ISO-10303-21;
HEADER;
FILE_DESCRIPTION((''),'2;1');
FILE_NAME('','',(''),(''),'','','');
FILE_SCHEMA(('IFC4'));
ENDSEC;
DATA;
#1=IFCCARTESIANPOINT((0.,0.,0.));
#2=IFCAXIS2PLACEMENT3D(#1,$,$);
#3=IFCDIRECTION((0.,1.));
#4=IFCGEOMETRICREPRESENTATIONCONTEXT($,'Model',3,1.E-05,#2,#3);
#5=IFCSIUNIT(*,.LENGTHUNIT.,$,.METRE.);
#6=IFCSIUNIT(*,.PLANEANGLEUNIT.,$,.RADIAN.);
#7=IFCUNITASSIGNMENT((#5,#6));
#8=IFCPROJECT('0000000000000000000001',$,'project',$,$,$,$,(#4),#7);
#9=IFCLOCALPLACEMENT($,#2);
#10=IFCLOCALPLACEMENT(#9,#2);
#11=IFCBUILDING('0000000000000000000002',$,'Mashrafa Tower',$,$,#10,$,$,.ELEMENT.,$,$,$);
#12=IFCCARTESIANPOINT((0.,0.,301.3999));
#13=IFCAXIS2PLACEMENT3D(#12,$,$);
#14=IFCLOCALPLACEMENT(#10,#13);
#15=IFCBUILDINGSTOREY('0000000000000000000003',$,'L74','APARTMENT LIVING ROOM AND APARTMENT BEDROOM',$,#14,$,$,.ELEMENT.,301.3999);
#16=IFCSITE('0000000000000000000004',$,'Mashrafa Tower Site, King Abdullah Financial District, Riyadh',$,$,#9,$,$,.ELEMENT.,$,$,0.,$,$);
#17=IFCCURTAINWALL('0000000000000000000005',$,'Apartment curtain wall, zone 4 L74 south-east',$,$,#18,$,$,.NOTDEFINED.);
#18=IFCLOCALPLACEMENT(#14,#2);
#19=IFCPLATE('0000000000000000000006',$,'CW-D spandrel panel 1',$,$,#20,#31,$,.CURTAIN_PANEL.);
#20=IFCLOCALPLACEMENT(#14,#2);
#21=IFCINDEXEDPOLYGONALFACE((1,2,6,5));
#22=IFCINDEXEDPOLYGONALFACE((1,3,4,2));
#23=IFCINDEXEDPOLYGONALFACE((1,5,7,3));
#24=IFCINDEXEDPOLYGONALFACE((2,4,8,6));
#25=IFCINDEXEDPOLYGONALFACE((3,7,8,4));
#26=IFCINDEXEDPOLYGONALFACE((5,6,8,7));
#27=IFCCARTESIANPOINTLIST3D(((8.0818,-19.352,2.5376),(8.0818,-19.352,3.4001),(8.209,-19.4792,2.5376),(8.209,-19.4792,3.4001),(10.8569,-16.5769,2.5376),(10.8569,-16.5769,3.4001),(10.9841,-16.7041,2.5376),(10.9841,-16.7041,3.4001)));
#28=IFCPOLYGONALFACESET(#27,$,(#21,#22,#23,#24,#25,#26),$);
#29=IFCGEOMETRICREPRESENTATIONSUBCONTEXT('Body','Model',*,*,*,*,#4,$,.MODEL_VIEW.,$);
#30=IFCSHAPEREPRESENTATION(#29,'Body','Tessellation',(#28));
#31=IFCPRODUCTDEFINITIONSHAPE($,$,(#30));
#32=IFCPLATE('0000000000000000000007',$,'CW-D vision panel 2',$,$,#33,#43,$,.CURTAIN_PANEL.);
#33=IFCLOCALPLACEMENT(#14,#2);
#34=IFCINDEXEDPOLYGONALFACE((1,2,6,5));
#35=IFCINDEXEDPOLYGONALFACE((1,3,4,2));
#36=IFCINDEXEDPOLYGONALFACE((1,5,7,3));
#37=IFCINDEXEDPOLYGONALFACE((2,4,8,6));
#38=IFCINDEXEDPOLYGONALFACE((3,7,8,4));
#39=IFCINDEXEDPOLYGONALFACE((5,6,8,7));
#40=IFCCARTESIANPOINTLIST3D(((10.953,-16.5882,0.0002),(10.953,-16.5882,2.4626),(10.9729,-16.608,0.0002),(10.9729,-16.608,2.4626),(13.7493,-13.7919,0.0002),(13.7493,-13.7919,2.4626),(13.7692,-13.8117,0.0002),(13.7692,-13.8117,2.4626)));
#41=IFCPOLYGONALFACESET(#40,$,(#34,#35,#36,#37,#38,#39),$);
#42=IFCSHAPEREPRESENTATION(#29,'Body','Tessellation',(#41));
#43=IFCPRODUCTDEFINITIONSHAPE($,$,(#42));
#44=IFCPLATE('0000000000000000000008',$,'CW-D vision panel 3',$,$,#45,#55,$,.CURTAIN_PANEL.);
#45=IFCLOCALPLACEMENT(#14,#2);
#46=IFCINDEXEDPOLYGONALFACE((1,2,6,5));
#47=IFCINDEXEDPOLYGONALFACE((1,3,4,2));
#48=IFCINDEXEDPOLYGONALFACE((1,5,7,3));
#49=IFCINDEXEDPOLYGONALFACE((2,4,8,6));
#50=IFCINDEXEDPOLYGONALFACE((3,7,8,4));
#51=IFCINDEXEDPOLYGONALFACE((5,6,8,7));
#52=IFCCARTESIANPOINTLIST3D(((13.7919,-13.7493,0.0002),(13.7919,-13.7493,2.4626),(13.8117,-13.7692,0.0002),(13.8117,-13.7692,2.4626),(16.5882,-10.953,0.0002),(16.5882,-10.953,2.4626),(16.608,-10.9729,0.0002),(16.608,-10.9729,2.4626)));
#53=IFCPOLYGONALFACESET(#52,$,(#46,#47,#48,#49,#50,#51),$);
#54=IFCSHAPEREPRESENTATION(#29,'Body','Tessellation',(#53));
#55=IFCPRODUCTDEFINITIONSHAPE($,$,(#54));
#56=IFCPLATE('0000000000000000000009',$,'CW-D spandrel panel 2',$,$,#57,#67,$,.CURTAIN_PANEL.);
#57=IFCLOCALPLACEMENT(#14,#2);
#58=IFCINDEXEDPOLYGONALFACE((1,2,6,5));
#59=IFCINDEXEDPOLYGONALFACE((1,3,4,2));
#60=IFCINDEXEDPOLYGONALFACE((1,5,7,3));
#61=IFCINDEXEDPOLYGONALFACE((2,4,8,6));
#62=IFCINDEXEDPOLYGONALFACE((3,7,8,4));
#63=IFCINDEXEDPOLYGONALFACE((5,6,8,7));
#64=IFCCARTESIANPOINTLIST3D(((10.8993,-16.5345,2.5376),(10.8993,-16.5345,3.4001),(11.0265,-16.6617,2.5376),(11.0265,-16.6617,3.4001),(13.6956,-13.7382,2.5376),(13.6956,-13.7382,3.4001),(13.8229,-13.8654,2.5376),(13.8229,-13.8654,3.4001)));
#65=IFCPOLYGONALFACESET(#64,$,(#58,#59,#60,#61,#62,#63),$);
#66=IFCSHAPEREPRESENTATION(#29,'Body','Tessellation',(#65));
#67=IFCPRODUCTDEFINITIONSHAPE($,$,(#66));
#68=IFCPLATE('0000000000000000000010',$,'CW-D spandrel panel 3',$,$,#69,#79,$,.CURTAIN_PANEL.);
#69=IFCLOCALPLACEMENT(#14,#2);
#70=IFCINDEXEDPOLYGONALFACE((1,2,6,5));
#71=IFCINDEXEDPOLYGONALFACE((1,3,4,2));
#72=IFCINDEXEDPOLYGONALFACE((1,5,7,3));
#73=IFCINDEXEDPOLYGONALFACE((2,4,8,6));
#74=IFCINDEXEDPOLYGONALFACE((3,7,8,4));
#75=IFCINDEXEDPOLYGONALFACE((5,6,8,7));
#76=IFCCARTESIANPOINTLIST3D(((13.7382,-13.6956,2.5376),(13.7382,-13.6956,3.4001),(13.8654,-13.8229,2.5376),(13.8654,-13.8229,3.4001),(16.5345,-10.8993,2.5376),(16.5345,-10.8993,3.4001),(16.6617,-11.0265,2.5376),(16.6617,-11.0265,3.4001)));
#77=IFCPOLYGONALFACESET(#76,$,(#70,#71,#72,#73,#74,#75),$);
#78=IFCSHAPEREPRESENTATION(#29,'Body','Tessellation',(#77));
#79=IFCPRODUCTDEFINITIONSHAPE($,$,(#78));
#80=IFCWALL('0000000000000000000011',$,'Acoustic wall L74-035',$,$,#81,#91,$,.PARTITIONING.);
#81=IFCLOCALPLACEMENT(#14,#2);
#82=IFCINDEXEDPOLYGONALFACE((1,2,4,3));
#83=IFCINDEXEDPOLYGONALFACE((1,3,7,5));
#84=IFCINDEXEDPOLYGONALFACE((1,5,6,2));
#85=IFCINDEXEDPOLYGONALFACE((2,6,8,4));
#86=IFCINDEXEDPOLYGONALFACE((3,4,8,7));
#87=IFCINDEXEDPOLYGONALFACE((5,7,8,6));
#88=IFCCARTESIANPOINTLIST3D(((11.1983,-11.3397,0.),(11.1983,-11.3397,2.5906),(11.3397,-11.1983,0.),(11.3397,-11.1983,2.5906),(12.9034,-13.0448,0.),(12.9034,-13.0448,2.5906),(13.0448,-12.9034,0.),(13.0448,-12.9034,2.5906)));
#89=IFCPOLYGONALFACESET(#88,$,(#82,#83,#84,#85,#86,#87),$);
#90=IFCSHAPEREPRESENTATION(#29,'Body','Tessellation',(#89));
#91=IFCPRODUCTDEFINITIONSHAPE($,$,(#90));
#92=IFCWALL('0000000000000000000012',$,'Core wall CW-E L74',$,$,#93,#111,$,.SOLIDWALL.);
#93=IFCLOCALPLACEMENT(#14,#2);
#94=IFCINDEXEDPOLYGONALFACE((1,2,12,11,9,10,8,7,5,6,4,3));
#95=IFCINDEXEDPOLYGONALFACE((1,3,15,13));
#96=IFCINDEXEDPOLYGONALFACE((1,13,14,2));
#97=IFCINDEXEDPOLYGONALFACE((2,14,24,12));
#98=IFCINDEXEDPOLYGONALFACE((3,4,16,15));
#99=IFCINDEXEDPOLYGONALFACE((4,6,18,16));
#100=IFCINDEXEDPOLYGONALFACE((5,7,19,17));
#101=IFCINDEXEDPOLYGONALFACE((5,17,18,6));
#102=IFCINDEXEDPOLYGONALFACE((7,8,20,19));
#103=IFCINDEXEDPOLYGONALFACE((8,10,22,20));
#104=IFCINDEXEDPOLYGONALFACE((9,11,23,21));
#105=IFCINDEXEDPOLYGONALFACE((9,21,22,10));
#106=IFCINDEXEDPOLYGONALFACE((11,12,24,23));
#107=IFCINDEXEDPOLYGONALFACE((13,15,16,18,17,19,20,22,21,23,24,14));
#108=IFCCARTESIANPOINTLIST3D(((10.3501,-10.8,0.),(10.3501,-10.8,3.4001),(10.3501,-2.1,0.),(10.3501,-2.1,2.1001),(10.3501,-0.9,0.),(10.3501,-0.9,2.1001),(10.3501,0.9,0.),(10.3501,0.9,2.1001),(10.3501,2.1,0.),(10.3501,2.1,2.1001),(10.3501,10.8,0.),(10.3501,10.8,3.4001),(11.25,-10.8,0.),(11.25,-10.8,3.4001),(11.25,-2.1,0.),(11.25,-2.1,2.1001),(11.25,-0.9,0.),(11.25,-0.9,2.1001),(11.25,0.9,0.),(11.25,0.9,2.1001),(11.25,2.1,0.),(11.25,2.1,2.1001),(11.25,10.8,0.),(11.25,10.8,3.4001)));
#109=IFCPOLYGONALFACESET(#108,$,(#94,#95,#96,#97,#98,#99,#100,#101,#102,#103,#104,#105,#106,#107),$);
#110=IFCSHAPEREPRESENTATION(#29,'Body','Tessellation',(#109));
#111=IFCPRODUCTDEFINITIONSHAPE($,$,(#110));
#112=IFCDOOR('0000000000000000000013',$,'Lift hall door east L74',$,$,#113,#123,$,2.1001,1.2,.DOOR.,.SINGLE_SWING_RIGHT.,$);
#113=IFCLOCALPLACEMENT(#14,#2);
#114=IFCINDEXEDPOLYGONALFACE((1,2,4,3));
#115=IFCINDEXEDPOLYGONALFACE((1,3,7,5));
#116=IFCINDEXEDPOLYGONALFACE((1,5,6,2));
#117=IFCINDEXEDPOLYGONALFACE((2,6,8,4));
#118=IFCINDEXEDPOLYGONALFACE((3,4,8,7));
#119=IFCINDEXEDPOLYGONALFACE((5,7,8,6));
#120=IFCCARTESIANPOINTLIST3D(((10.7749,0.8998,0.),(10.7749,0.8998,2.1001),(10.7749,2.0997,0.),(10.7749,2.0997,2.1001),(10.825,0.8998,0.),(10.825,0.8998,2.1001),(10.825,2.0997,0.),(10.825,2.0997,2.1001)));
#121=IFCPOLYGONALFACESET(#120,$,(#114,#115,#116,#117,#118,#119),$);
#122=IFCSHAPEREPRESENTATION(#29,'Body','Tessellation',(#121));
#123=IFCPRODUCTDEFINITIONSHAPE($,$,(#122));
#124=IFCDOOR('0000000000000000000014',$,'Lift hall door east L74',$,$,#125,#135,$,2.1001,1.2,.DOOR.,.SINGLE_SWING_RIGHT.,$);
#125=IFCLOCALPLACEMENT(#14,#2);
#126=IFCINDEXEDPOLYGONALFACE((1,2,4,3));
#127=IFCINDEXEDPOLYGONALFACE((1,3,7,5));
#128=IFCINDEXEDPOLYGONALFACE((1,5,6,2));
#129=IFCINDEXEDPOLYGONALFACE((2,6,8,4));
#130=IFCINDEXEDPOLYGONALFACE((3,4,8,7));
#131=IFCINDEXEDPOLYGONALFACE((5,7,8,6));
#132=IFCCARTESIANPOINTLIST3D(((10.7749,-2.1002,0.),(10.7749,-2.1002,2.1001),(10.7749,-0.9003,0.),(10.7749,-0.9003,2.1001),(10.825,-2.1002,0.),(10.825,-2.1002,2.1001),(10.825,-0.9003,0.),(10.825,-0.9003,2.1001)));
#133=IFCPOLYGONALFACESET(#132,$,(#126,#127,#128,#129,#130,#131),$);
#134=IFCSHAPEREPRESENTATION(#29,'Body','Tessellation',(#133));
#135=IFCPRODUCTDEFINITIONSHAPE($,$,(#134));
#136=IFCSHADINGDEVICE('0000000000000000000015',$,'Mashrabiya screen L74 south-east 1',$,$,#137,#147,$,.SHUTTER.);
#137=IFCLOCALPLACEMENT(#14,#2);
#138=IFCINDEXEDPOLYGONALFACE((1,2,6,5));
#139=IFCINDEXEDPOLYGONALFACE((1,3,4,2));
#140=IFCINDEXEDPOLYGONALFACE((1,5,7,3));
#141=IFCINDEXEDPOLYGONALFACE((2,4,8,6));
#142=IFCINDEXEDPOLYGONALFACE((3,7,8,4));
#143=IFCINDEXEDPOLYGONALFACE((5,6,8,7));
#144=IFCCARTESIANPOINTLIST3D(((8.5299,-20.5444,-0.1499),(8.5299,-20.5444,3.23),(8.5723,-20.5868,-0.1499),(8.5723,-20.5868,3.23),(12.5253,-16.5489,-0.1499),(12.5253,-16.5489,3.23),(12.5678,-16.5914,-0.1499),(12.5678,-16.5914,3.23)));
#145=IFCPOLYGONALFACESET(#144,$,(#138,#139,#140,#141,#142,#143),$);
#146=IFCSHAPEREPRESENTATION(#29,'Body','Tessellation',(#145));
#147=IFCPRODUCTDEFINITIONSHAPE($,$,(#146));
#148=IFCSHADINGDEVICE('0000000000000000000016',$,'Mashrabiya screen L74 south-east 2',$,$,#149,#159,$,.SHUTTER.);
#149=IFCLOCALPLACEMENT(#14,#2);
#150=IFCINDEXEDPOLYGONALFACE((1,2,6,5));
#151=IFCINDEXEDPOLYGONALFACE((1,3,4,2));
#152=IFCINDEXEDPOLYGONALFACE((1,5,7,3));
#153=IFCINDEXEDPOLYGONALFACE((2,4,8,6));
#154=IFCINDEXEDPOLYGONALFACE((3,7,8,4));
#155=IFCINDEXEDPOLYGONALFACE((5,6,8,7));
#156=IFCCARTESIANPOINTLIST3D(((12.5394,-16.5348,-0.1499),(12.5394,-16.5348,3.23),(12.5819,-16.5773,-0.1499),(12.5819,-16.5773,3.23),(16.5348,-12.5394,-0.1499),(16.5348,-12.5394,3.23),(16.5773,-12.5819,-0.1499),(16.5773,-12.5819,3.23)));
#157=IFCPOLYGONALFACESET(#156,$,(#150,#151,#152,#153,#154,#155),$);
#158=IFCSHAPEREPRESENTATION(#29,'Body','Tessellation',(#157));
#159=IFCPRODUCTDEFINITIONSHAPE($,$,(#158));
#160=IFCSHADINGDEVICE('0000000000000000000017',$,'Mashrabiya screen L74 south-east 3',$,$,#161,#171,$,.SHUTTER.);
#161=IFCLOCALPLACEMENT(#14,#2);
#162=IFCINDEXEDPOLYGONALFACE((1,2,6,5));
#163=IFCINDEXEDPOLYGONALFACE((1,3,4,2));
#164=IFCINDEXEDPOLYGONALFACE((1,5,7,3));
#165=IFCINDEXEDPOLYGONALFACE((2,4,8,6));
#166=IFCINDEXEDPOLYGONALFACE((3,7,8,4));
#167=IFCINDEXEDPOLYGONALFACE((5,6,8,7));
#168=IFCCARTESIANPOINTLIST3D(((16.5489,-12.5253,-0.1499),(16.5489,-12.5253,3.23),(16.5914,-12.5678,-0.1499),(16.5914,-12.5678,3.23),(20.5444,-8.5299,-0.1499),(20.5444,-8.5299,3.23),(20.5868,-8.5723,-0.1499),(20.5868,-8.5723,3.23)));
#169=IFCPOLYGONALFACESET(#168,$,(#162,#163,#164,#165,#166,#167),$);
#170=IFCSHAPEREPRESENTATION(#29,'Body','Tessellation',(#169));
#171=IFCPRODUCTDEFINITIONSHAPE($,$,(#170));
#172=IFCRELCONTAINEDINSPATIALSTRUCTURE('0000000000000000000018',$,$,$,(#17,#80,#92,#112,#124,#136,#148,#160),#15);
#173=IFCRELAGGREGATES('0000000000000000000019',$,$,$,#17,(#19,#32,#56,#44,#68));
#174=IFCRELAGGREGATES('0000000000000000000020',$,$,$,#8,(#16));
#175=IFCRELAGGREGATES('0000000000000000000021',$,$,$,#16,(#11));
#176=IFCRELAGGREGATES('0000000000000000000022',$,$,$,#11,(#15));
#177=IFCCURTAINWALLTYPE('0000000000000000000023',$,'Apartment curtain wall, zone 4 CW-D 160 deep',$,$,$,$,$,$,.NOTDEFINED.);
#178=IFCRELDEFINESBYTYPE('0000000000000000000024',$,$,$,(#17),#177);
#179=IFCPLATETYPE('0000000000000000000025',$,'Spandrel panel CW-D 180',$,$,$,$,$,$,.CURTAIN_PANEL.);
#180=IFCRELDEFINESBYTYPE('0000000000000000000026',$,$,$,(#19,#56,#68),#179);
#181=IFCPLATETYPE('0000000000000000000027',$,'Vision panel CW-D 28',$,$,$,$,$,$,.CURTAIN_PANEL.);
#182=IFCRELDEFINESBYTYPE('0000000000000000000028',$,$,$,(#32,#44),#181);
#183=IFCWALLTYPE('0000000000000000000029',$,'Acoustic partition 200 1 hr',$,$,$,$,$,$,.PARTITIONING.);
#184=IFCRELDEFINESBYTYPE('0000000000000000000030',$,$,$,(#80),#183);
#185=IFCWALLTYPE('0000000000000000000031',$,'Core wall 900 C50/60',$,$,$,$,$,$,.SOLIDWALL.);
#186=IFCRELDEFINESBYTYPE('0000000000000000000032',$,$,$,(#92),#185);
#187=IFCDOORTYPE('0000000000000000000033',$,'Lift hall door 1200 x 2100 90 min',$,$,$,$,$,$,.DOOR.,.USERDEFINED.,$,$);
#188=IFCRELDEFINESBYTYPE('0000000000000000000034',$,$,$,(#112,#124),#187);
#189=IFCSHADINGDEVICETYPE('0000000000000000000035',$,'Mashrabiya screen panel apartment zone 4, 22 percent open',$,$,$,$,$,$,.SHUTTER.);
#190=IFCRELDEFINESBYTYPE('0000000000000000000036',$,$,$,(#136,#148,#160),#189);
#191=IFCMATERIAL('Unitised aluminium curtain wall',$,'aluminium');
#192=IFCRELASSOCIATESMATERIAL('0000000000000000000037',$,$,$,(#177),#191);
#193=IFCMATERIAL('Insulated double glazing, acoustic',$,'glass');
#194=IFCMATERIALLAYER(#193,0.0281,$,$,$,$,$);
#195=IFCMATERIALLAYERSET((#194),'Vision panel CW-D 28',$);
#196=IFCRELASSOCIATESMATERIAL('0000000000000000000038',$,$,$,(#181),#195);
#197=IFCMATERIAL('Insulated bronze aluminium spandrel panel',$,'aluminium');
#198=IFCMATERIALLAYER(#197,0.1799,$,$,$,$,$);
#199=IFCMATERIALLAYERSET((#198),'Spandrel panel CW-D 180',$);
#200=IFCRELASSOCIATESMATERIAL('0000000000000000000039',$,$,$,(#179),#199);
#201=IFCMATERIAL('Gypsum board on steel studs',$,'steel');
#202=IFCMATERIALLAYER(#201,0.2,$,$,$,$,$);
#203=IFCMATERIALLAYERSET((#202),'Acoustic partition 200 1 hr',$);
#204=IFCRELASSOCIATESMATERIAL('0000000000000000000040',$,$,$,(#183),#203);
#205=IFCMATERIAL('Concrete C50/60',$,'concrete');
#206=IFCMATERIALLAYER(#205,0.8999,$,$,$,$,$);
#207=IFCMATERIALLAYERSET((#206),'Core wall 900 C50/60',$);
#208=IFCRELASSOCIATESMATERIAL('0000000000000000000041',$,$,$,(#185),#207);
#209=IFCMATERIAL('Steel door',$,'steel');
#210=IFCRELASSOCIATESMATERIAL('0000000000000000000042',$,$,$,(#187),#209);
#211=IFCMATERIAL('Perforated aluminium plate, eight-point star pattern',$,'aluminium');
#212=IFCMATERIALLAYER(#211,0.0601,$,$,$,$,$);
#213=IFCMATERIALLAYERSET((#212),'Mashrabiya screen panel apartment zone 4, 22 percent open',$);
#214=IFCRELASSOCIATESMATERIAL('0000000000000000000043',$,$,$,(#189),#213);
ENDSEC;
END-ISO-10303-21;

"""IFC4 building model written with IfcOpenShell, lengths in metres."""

from ifc_helpers import new_model, si_unit, direction, frame, frame_2d, origin, origin_2d, place, context, subcontext, project, spatial, rectangle, extrude, source, transform, mapped, material, layer, layer_set, type_object, type_shapes, element, fill, aggregate, save


model = new_model("IFC4")

# Units and contexts
model_context = context("Model", 3, precision=1e-05, world=origin(), true_north=direction((0.0, 1.0)))
body_context = subcontext(model_context, "Body", "Model", "MODEL_VIEW")
ifc_project = project(units=[si_unit("LENGTHUNIT", "METRE"), si_unit("PLANEANGLEUNIT", "RADIAN")], contexts=[model_context])

# Site, building, storey
site_placement = place(None, origin())
site = spatial("IfcSite", under=ifc_project, at=site_placement, Name="Mashrafa Tower Site, King Abdullah Financial District, Riyadh", CompositionType="ELEMENT", RefElevation=0.0)
building_placement = place(site_placement, origin())
building = spatial("IfcBuilding", under=site, at=building_placement, Name="Mashrafa Tower", CompositionType="ELEMENT")
storey_placement = place(building_placement, frame((0.0, 0.0, 301.3999)))
storey = spatial("IfcBuildingStorey", under=building, at=storey_placement, Name="L74", Description="APARTMENT LIVING ROOM AND APARTMENT BEDROOM", CompositionType="ELEMENT", Elevation=301.3999)

# Curtain wall, plates
ifc_material_1 = material(Name="Unitised aluminium curtain wall", Category="aluminium")
curtain_wall_type = type_object("IfcCurtainWallType", Name="Apartment curtain wall, zone 4 CW-D 160 deep", PredefinedType="NOTDEFINED", material=ifc_material_1)
curtain_wall_placement = place(storey_placement, origin())
curtain_wall = element("IfcCurtainWall", 1, at=curtain_wall_placement, inside=storey, type_object=curtain_wall_type, Name="Apartment curtain wall, zone 4 L74 south-east", PredefinedType="NOTDEFINED")
ifc_material_2 = material(Name="Insulated double glazing, acoustic", Category="glass")
ifc_layer_1 = layer(ifc_material_2, 0.0281)
ifc_layer_set_1 = layer_set([ifc_layer_1], Name="Vision panel CW-D 28")
plate_type_1 = type_object("IfcPlateType", Name="Vision panel CW-D 28", PredefinedType="CURTAIN_PANEL", material=ifc_layer_set_1)
ifc_material_3 = material(Name="Insulated bronze aluminium spandrel panel", Category="aluminium")
ifc_layer_2 = layer(ifc_material_3, 0.1799)
ifc_layer_set_2 = layer_set([ifc_layer_2], Name="Spandrel panel CW-D 180")
plate_type_2 = type_object("IfcPlateType", Name="Spandrel panel CW-D 180", PredefinedType="CURTAIN_PANEL", material=ifc_layer_set_2)
shared_shape_1 = source(origin(), body_context, "Body", "SweptSolid", [
    extrude(rectangle(XDim=3.9246, YDim=0.1799, at=origin_2d()), origin(), (0.0, 0.0, 1.0), 0.8625),
])
plate_1_placement = place(storey_placement, frame((9.533, -18.0281, 2.5376), z_axis=(0.0, 0.0, 1.0), x_axis=(0.707107, 0.707107, 0.0)))
plate_1 = element("IfcPlate", 2, at=plate_1_placement, type_object=plate_type_2, Name="CW-D spandrel panel 1", PredefinedType="CURTAIN_PANEL", context=body_context, shape_type="MappedRepresentation", body=[
    mapped(shared_shape_1, transform((0.0, 0.0, 0.0))),
])
shared_shape_2 = source(origin(), body_context, "Body", "SweptSolid", [
    extrude(rectangle(XDim=3.9546, YDim=0.0281, at=origin_2d()), origin(), (0.0, 0.0, 1.0), 2.4624),
])
plate_2_placement = place(storey_placement, frame((12.3611, -15.2, 0.0002), z_axis=(0.0, 0.0, 1.0), x_axis=(0.707107, 0.707107, 0.0)))
plate_2 = element("IfcPlate", 3, at=plate_2_placement, type_object=plate_type_1, Name="CW-D vision panel 2", PredefinedType="CURTAIN_PANEL", context=body_context, shape_type="MappedRepresentation", body=[
    mapped(shared_shape_2, transform((0.0, 0.0, 0.0))),
])
plate_3_placement = place(storey_placement, frame((15.2, -12.3611, 0.0002), z_axis=(0.0, 0.0, 1.0), x_axis=(0.707107, 0.707107, 0.0)))
plate_3 = element("IfcPlate", 4, at=plate_3_placement, type_object=plate_type_1, Name="CW-D vision panel 3", PredefinedType="CURTAIN_PANEL", context=body_context, shape_type="MappedRepresentation", body=[
    mapped(shared_shape_2, transform((0.0, 0.0, 0.0))),
])
shared_shape_3 = source(origin(), body_context, "Body", "SweptSolid", [
    extrude(rectangle(XDim=3.9546, YDim=0.1799, at=origin_2d()), origin(), (0.0, 0.0, 1.0), 0.8625),
])
type_shapes(plate_type_2, [shared_shape_1, shared_shape_3])
plate_4_placement = place(storey_placement, frame((12.3611, -15.2, 2.5376), z_axis=(0.0, 0.0, 1.0), x_axis=(0.707107, 0.707107, 0.0)))
plate_4 = element("IfcPlate", 5, at=plate_4_placement, type_object=plate_type_2, Name="CW-D spandrel panel 2", PredefinedType="CURTAIN_PANEL", context=body_context, shape_type="MappedRepresentation", body=[
    mapped(shared_shape_3, transform((0.0, 0.0, 0.0))),
])
plate_5_placement = place(storey_placement, frame((15.2, -12.3611, 2.5376), z_axis=(0.0, 0.0, 1.0), x_axis=(0.707107, 0.707107, 0.0)))
plate_5 = element("IfcPlate", 6, at=plate_5_placement, type_object=plate_type_2, Name="CW-D spandrel panel 3", PredefinedType="CURTAIN_PANEL", context=body_context, shape_type="MappedRepresentation", body=[
    mapped(shared_shape_3, transform((0.0, 0.0, 0.0))),
])
aggregate(curtain_wall, [plate_1, plate_2, plate_4, plate_3, plate_5])

# Wall
ifc_material_4 = material(Name="Gypsum board on steel studs", Category="steel")
ifc_layer_3 = layer(ifc_material_4, 0.2)
ifc_layer_set_3 = layer_set([ifc_layer_3], Name="Acoustic partition 200 1 hr")
wall_type_1 = type_object("IfcWallType", Name="Acoustic partition 200 1 hr", PredefinedType="PARTITIONING", material=ifc_layer_set_3)
wall_1_placement = place(storey_placement, frame((11.269, -11.269, 0.0), z_axis=(0.0, 0.0, 1.0), x_axis=(0.707107, -0.707107, 0.0)))
element("IfcWall", 7, at=wall_1_placement, inside=storey, type_object=wall_type_1, Name="Acoustic wall L74-035", PredefinedType="PARTITIONING", context=body_context, shape_type="SweptSolid", body=[
    extrude(rectangle(XDim=2.4114, YDim=0.2, at=frame_2d((1.2056, 0.0))), origin(), (0.0, 0.0, 1.0), 2.5906),
])

# Wall, openings, doors
ifc_material_5 = material(Name="Concrete C50/60", Category="concrete")
ifc_layer_4 = layer(ifc_material_5, 0.8999)
ifc_layer_set_4 = layer_set([ifc_layer_4], Name="Core wall 900 C50/60")
wall_type_2 = type_object("IfcWallType", Name="Core wall 900 C50/60", PredefinedType="SOLIDWALL", material=ifc_layer_set_4)
wall_2_placement = place(storey_placement, frame((10.8, -10.8, 0.0), z_axis=(0.0, 0.0, 1.0), x_axis=(0.0, 1.0, 0.0)))
wall_2 = element("IfcWall", 8, at=wall_2_placement, inside=storey, type_object=wall_type_2, Name="Core wall CW-E L74", PredefinedType="SOLIDWALL", context=body_context, shape_type="SweptSolid", body=[
    extrude(rectangle(XDim=21.6001, YDim=0.8999, at=frame_2d((10.8, 0.0))), origin(), (0.0, 0.0, 1.0), 3.4001),
])
opening_1_placement = place(wall_2_placement, frame((11.7, 0.0, 0.0)))
opening_1 = element("IfcOpeningElement", 9, at=opening_1_placement, cuts=wall_2, PredefinedType="OPENING", context=body_context, shape_type="SweptSolid", body=[
    extrude(rectangle(XDim=1.2, YDim=2.1001, at=frame_2d((0.6001, 1.05))), frame((0.0, 0.46, 0.0), z_axis=(0.0, -1.0, 0.0), x_axis=(1.0, 0.0, 0.0)), (0.0, 0.0, 1.0), 0.9199),
])
opening_2_placement = place(wall_2_placement, frame((8.7, 0.0, 0.0)))
opening_2 = element("IfcOpeningElement", 10, at=opening_2_placement, cuts=wall_2, PredefinedType="OPENING", context=body_context, shape_type="SweptSolid", body=[
    extrude(rectangle(XDim=1.2, YDim=2.1001, at=frame_2d((0.6001, 1.05))), frame((0.0, 0.46, 0.0), z_axis=(0.0, -1.0, 0.0), x_axis=(1.0, 0.0, 0.0)), (0.0, 0.0, 1.0), 0.9199),
])
ifc_material_6 = material(Name="Steel door", Category="steel")
door_type = type_object("IfcDoorType", Name="Lift hall door 1200 x 2100 90 min", OperationType="USERDEFINED", PredefinedType="DOOR", material=ifc_material_6)
door_1_placement = place(opening_1_placement, frame((1.2, 0.0, 0.0), z_axis=(0.0, 0.0, 1.0), x_axis=(-1.0, 0.0, 0.0)))
door_1 = element("IfcDoor", 11, at=door_1_placement, inside=storey, type_object=door_type, Name="Lift hall door east L74", OperationType="SINGLE_SWING_RIGHT", OverallHeight=2.1001, OverallWidth=1.2, PredefinedType="DOOR", context=body_context, shape_type="SweptSolid", body=[
    extrude(rectangle(XDim=1.2, YDim=2.1001, at=frame_2d((0.6001, 1.05))), frame((0.0, 0.0249, 0.0), z_axis=(0.0, -1.0, 0.0), x_axis=(1.0, 0.0, 0.0)), (0.0, 0.0, 1.0), 0.05),
])
fill(opening_1, door_1)
door_2_placement = place(opening_2_placement, frame((1.2, 0.0, 0.0), z_axis=(0.0, 0.0, 1.0), x_axis=(-1.0, 0.0, 0.0)))
door_2 = element("IfcDoor", 12, at=door_2_placement, inside=storey, type_object=door_type, Name="Lift hall door east L74", OperationType="SINGLE_SWING_RIGHT", OverallHeight=2.1001, OverallWidth=1.2, PredefinedType="DOOR", context=body_context, shape_type="SweptSolid", body=[
    extrude(rectangle(XDim=1.2, YDim=2.1001, at=frame_2d((0.6001, 1.05))), frame((0.0, 0.0249, 0.0), z_axis=(0.0, -1.0, 0.0), x_axis=(1.0, 0.0, 0.0)), (0.0, 0.0, 1.0), 0.05),
])
fill(opening_2, door_2)

# Shading devices
ifc_material_7 = material(Name="Perforated aluminium plate, eight-point star pattern", Category="aluminium")
ifc_layer_5 = layer(ifc_material_7, 0.0601)
ifc_layer_set_5 = layer_set([ifc_layer_5], Name="Mashrabiya screen panel apartment zone 4, 22 percent open")
shading_device_type = type_object("IfcShadingDeviceType", Name="Mashrabiya screen panel apartment zone 4, 22 percent open", PredefinedType="SHUTTER", material=ifc_layer_set_5)
shared_shape_4 = source(origin(), body_context, "Body", "SweptSolid", [
    extrude(rectangle(XDim=5.6504, YDim=0.0601, at=origin_2d()), origin(), (0.0, 0.0, 1.0), 3.3799),
])
type_shapes(shading_device_type, [shared_shape_4])
for number, where, z_axis, x_axis, name in (
    (13, (10.5488, -18.5679, -0.1499), (0.0, 0.0, 1.0), (0.707107, 0.707107, 0.0), "Mashrabiya screen L74 south-east 1"),
    (14, (14.5583, -14.5583, -0.1499), (0.0, 0.0, 1.0), (0.707107, 0.707107, 0.0), "Mashrabiya screen L74 south-east 2"),
    (15, (18.5679, -10.5488, -0.1499), (0.0, 0.0, 1.0), (0.707107, 0.707107, 0.0), "Mashrabiya screen L74 south-east 3"),
):
    element("IfcShadingDevice", number, at=place(storey_placement, frame(where, z_axis=z_axis, x_axis=x_axis)), inside=storey, type_object=shading_device_type, Name=name, PredefinedType="SHUTTER", context=body_context, shape_type="MappedRepresentation", body=[
        mapped(shared_shape_4, transform((0.0, 0.0, 0.0))),
    ])

save(model, "model.ifc")
